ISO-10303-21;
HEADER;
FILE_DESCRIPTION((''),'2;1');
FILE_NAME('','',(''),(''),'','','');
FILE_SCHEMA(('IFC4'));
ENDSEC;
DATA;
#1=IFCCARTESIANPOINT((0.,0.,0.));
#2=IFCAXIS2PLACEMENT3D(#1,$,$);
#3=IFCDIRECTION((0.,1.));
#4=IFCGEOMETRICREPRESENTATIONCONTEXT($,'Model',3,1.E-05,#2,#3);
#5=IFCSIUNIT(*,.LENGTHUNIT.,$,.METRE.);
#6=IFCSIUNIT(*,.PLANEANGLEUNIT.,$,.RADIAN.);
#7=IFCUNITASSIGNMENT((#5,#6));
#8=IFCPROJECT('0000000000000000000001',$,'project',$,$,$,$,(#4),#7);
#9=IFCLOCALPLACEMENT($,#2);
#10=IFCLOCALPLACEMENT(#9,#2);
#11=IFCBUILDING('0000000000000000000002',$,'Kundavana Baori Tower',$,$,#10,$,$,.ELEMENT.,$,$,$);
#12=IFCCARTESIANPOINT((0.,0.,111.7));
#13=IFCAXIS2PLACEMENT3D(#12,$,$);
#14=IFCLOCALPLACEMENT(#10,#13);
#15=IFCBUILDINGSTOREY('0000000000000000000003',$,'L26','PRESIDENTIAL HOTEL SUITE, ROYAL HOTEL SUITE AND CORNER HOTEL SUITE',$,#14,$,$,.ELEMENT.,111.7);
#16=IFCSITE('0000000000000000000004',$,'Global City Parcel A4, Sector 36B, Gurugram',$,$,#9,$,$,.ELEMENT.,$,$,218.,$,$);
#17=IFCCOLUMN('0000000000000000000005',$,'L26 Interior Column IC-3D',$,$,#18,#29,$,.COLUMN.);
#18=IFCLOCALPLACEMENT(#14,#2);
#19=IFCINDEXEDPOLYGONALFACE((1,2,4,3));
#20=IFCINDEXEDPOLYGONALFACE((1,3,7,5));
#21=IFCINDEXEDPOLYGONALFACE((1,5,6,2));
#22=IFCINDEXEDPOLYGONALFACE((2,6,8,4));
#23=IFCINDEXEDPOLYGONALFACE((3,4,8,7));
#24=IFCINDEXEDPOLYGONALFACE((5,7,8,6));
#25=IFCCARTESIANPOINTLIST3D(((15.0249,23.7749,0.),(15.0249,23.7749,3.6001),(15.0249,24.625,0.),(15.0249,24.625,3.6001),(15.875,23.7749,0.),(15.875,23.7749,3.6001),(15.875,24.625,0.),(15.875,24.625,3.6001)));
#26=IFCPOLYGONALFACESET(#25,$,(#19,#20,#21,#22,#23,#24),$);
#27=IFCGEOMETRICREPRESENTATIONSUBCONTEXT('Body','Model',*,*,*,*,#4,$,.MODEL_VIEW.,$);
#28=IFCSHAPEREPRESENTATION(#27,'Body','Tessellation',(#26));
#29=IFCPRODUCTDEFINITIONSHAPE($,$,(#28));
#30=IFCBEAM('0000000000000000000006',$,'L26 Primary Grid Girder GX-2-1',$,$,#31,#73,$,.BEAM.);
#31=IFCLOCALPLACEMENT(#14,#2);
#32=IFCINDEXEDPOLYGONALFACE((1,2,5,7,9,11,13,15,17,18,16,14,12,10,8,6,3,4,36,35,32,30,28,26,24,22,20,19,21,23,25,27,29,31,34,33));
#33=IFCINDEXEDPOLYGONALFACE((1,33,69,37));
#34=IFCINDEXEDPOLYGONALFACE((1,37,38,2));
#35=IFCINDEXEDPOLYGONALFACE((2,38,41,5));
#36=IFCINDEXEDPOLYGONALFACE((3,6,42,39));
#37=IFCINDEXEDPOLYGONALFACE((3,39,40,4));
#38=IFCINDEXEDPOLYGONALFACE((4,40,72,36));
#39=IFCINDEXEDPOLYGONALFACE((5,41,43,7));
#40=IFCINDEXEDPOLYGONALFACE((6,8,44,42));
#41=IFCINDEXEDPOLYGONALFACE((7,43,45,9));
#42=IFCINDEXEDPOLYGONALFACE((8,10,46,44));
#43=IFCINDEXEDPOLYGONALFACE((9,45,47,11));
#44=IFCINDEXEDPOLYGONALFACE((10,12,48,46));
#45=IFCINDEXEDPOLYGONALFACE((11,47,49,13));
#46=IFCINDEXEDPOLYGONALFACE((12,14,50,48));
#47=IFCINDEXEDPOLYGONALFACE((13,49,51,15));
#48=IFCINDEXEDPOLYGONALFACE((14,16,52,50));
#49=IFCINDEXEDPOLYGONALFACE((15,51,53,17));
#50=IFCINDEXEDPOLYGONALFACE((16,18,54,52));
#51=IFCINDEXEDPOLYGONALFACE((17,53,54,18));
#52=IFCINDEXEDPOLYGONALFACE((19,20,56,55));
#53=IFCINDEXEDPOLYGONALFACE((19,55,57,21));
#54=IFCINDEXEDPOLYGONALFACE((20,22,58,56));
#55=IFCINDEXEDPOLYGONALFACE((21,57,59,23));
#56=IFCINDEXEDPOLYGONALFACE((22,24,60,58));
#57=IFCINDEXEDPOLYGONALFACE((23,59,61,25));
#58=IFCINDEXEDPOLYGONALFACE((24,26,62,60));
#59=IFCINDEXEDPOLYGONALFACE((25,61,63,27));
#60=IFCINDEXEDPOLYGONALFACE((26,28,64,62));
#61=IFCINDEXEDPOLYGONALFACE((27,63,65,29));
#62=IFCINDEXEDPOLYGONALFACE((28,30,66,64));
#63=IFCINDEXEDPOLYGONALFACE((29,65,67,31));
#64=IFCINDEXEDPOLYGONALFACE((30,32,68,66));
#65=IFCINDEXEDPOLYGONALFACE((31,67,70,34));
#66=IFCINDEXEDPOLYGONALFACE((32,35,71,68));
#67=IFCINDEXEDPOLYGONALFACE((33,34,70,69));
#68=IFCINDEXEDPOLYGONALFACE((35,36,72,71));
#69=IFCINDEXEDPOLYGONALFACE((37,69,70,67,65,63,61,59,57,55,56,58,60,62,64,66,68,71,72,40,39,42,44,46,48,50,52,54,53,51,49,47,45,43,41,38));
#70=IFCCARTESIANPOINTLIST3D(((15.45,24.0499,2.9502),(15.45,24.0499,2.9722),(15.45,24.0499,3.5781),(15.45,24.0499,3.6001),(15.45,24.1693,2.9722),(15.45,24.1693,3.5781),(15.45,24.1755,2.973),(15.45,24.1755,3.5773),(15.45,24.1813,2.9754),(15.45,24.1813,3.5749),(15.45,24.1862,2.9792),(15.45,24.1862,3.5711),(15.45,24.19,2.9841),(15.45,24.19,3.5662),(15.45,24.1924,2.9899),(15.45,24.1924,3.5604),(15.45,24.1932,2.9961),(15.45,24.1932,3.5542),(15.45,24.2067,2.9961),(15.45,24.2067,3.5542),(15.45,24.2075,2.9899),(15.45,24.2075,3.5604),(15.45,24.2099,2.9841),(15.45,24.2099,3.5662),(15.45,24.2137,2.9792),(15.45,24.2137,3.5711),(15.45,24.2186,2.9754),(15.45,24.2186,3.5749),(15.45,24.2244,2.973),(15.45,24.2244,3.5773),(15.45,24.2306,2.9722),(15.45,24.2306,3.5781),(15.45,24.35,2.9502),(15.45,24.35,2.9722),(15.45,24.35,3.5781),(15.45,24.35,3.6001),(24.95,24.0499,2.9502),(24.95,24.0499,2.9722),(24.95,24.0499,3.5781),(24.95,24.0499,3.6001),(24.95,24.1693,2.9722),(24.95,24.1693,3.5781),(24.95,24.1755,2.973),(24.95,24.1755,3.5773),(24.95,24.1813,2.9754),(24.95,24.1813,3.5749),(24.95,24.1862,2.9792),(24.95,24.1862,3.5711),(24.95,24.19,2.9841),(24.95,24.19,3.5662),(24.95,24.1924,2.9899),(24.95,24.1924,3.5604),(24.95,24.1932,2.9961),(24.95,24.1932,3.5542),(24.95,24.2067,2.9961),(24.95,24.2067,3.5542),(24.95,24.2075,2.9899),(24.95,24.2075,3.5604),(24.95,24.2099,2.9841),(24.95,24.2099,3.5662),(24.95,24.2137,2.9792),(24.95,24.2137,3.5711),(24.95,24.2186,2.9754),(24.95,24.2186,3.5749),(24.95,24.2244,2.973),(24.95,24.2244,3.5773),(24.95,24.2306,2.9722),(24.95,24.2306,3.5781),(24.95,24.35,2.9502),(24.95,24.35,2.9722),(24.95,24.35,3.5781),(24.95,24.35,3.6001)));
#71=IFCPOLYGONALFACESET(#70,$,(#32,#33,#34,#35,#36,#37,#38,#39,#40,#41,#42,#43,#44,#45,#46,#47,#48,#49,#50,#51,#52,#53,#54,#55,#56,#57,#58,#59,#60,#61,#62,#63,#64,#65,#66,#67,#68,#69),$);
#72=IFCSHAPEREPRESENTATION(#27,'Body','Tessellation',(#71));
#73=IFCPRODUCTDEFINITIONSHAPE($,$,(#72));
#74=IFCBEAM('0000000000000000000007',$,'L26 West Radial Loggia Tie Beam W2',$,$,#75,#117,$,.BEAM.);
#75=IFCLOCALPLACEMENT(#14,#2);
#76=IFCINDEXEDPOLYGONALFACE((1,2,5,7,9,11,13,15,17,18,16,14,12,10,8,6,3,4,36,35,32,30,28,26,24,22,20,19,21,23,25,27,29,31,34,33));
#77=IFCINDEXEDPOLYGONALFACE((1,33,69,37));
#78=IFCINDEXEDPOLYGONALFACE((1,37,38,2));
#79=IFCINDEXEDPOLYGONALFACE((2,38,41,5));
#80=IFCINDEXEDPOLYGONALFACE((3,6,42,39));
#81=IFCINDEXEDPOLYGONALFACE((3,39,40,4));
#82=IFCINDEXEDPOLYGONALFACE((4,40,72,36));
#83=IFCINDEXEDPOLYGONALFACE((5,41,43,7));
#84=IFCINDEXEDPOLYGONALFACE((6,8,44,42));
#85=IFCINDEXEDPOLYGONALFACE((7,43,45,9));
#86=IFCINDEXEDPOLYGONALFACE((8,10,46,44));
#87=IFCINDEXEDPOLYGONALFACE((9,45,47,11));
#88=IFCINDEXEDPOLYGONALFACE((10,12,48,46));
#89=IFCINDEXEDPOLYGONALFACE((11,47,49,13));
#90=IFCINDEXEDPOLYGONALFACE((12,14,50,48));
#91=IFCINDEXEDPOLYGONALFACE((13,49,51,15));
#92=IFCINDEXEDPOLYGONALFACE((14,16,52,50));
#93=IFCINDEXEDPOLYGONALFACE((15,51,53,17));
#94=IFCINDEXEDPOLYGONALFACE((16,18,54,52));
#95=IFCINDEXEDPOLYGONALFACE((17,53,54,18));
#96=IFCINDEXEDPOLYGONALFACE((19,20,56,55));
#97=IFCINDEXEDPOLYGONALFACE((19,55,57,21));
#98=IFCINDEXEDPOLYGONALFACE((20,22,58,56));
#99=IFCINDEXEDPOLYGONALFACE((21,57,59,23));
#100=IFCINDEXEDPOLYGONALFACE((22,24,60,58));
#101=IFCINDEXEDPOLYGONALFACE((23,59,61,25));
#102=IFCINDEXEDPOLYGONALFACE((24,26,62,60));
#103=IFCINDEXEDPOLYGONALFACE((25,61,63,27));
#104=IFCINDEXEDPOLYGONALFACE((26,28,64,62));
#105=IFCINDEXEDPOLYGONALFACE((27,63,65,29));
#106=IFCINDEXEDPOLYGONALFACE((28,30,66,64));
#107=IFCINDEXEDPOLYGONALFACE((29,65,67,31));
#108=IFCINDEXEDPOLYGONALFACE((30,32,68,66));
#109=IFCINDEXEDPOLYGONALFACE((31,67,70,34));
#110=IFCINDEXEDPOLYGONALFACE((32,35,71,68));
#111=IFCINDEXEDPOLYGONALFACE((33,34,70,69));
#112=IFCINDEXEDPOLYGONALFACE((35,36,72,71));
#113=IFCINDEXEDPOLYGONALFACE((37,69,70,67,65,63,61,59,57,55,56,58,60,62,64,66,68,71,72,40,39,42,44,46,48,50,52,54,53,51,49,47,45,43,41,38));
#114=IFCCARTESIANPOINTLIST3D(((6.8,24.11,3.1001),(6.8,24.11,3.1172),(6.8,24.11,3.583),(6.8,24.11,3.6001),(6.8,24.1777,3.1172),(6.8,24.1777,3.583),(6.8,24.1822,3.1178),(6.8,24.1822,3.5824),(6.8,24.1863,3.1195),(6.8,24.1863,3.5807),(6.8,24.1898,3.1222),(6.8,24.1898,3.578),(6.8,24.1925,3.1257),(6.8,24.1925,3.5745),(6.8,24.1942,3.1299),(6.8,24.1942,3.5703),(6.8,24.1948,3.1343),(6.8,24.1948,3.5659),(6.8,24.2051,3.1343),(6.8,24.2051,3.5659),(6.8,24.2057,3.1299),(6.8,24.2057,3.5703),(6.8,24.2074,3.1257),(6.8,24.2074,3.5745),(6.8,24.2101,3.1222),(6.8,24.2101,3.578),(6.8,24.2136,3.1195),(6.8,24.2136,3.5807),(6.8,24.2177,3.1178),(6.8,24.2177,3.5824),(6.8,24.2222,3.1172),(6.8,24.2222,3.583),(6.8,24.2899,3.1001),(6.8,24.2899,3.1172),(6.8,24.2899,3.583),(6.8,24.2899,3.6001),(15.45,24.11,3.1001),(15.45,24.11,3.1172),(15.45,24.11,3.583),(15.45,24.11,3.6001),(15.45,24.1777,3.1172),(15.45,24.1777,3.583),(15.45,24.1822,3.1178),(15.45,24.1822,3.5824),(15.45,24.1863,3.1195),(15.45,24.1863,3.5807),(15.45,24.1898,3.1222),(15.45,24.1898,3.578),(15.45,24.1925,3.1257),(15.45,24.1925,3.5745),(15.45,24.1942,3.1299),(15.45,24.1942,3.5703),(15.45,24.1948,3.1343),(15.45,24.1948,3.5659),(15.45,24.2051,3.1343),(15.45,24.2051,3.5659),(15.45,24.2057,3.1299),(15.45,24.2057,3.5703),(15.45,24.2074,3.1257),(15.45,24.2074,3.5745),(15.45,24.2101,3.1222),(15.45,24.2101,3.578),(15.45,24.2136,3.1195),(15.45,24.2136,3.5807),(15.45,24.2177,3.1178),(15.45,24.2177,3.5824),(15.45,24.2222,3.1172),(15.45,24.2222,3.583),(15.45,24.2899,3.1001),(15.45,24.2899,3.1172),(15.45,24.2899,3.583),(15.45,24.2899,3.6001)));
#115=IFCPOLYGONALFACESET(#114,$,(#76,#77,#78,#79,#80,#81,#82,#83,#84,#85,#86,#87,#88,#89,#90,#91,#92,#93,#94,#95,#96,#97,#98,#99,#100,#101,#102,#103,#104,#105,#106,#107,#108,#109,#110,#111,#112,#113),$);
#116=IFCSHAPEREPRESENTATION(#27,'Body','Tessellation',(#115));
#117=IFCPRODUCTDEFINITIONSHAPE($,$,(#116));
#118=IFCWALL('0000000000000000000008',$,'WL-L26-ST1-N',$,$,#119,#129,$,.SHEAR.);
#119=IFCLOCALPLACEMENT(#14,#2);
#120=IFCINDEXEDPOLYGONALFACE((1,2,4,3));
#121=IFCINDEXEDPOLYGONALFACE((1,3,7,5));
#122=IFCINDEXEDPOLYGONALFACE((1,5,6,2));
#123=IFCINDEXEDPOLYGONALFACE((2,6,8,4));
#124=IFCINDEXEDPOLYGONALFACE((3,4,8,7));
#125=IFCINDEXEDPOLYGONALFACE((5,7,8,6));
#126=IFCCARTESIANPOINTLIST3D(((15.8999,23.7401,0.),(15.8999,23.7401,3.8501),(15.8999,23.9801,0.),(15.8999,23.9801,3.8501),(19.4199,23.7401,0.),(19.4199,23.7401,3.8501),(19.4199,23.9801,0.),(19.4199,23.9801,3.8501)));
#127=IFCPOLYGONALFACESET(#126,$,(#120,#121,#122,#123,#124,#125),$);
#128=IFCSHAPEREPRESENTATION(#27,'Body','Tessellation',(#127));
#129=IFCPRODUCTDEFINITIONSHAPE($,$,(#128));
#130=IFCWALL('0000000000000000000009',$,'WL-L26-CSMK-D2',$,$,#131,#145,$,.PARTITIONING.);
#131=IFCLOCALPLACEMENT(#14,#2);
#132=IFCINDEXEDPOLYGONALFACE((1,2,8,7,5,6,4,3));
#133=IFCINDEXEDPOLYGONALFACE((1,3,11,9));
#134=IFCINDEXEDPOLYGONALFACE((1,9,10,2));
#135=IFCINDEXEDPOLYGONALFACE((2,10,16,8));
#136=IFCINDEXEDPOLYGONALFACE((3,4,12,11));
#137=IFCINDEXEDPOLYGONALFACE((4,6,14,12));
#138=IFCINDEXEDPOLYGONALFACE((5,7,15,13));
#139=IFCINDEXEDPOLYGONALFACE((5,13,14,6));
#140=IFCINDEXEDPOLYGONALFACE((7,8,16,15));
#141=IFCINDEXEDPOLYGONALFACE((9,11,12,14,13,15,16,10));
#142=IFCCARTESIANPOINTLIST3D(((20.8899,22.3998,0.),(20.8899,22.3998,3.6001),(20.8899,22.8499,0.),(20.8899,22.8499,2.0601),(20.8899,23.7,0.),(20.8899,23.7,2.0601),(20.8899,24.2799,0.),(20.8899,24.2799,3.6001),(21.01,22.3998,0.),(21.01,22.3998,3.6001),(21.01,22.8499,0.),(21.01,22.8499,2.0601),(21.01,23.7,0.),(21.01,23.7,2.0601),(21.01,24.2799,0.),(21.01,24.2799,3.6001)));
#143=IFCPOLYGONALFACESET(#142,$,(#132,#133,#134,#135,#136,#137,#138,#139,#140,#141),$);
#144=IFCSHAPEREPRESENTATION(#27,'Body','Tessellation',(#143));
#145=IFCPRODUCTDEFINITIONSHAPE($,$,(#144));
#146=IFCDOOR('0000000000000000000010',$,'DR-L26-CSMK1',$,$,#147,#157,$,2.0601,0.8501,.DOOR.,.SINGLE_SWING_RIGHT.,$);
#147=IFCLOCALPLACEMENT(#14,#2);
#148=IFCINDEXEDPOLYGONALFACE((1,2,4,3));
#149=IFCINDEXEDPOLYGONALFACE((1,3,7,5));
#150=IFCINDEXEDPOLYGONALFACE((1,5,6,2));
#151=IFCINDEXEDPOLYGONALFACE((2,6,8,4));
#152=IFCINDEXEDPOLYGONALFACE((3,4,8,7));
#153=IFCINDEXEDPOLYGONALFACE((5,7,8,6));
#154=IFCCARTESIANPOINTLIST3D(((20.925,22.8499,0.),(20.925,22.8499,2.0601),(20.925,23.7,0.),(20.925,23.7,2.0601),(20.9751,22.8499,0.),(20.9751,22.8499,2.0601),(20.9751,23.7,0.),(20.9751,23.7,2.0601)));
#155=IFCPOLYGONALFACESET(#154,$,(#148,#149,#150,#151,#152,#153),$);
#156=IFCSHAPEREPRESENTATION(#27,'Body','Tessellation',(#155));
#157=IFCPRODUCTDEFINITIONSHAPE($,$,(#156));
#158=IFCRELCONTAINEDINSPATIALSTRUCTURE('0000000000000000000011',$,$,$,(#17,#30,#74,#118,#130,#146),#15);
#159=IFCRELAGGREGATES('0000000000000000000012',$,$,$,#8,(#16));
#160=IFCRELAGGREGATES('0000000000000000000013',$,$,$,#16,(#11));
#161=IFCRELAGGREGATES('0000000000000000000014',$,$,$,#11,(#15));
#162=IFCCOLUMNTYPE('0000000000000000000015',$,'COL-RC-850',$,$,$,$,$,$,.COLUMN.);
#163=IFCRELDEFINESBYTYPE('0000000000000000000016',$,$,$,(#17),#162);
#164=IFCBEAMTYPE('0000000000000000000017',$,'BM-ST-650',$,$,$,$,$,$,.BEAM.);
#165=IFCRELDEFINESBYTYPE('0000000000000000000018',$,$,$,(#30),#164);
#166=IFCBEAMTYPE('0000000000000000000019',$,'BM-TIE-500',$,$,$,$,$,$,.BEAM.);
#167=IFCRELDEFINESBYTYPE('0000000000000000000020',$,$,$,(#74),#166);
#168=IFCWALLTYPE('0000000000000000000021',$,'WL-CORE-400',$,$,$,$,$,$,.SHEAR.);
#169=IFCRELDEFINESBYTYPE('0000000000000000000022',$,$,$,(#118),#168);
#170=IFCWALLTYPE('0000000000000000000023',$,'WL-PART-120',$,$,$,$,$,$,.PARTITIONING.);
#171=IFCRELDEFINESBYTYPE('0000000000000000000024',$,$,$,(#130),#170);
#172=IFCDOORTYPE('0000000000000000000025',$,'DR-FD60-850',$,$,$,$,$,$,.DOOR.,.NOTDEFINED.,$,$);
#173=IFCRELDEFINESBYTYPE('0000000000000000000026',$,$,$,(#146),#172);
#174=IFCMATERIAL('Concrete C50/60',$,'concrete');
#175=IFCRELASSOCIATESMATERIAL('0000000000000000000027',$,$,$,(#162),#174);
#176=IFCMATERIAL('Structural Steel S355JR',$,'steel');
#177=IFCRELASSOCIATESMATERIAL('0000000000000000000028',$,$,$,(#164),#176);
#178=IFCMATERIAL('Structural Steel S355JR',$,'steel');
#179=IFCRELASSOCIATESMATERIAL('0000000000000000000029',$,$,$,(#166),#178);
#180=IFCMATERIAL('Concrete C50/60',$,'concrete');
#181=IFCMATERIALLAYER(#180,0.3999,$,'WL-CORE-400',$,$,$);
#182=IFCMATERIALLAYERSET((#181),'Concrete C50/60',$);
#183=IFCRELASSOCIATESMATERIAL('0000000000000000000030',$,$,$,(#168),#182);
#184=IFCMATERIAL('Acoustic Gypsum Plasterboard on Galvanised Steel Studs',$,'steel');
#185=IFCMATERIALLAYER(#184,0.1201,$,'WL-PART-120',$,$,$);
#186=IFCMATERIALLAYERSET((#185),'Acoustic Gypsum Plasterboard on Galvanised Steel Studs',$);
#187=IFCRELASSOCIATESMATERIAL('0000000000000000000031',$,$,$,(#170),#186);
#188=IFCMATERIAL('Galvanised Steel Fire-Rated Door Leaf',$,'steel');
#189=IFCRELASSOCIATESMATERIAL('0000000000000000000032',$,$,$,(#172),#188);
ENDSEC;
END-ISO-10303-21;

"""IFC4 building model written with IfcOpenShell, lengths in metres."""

from ifc_helpers import new_model, si_unit, direction, frame, frame_2d, origin, origin_2d, place, context, subcontext, project, spatial, rectangle, i_section, extrude, material, layer, layer_set, material_profile, profile_set, type_object, element, fill, save


model = new_model("IFC4")

# Units and contexts
model_context = context("Model", 3, precision=1e-05, world=origin(), true_north=direction((0.0, 1.0)))
body_context = subcontext(model_context, "Body", "Model", "MODEL_VIEW")
ifc_project = project(units=[si_unit("LENGTHUNIT", "METRE"), si_unit("PLANEANGLEUNIT", "RADIAN")], contexts=[model_context])

# Site, building, storey
site_placement = place(None, origin())
site = spatial("IfcSite", under=ifc_project, at=site_placement, Name="Global City Parcel A4, Sector 36B, Gurugram", CompositionType="ELEMENT", RefElevation=218.0)
building_placement = place(site_placement, origin())
building = spatial("IfcBuilding", under=site, at=building_placement, Name="Kundavana Baori Tower", CompositionType="ELEMENT")
storey_placement = place(building_placement, frame((0.0, 0.0, 111.7)))
storey = spatial("IfcBuildingStorey", under=building, at=storey_placement, Name="L26", Description="PRESIDENTIAL HOTEL SUITE, ROYAL HOTEL SUITE AND CORNER HOTEL SUITE", CompositionType="ELEMENT", Elevation=111.7)

# Column
ifc_material_1 = material(Name="Concrete C50/60", Category="concrete")
ifc_material_profile_1 = material_profile(ifc_material_1, rectangle(XDim=0.8501, YDim=0.8501, at=origin_2d()), Name="RC 850x850")
ifc_profile_set_1 = profile_set([ifc_material_profile_1], Name="Concrete C50/60")
column_type = type_object("IfcColumnType", Name="COL-RC-850", PredefinedType="COLUMN", material=ifc_profile_set_1)
column_placement = place(storey_placement, frame((15.45, 24.2, 0.0), z_axis=(0.0, 0.0, 1.0), x_axis=(1.0, 0.0, 0.0)))
element("IfcColumn", 1, at=column_placement, inside=storey, type_object=column_type, Name="L26 Interior Column IC-3D", PredefinedType="COLUMN", context=body_context, shape_type="SweptSolid", body=[
    extrude(rectangle(XDim=0.8501, YDim=0.8501, at=origin_2d()), origin(), (0.0, 0.0, 1.0), 3.6001),
])

# Beams
ifc_material_2 = material(Name="Structural Steel S355JR", Category="steel")
ifc_material_profile_2 = material_profile(ifc_material_2, i_section(OverallWidth=0.3, OverallDepth=0.6499, WebThickness=0.0134, FlangeThickness=0.022, FilletRadius=0.0239, at=origin_2d()), Name="NPB 650x300x155")
ifc_profile_set_2 = profile_set([ifc_material_profile_2], Name="Structural Steel S355JR")
beam_type_1 = type_object("IfcBeamType", Name="BM-ST-650", PredefinedType="BEAM", material=ifc_profile_set_2)
beam_1_placement = place(storey_placement, frame((15.45, 24.2, 3.2751), z_axis=(1.0, 0.0, 0.0), x_axis=(0.0, 1.0, 0.0)))
element("IfcBeam", 2, at=beam_1_placement, inside=storey, type_object=beam_type_1, Name="L26 Primary Grid Girder GX-2-1", PredefinedType="BEAM", context=body_context, shape_type="SweptSolid", body=[
    extrude(i_section(OverallWidth=0.3, OverallDepth=0.6499, WebThickness=0.0134, FlangeThickness=0.022, FilletRadius=0.0239, at=origin_2d()), origin(), (0.0, 0.0, 1.0), 9.5),
])
ifc_material_3 = material(Name="Structural Steel S355JR", Category="steel")
ifc_material_profile_3 = material_profile(ifc_material_3, i_section(OverallWidth=0.1799, OverallDepth=0.5, WebThickness=0.0103, FlangeThickness=0.0171, FilletRadius=0.0171, at=origin_2d()), Name="ISMB 500")
ifc_profile_set_3 = profile_set([ifc_material_profile_3], Name="Structural Steel S355JR")
beam_type_2 = type_object("IfcBeamType", Name="BM-TIE-500", PredefinedType="BEAM", material=ifc_profile_set_3)
beam_2_placement = place(storey_placement, frame((15.45, 24.2, 3.3501), z_axis=(-1.0, 0.0, 0.0), x_axis=(0.0, -1.0, 0.0)))
element("IfcBeam", 3, at=beam_2_placement, inside=storey, type_object=beam_type_2, Name="L26 West Radial Loggia Tie Beam W2", PredefinedType="BEAM", context=body_context, shape_type="SweptSolid", body=[
    extrude(i_section(OverallWidth=0.1799, OverallDepth=0.5, WebThickness=0.0103, FlangeThickness=0.0171, FilletRadius=0.0171, at=origin_2d()), origin(), (0.0, 0.0, 1.0), 8.6499),
])

# Wall
ifc_material_4 = material(Name="Concrete C50/60", Category="concrete")
ifc_layer_1 = layer(ifc_material_4, 0.3999, Name="WL-CORE-400")
ifc_layer_set_1 = layer_set([ifc_layer_1], Name="Concrete C50/60")
wall_type_1 = type_object("IfcWallType", Name="WL-CORE-400", PredefinedType="SHEAR", material=ifc_layer_set_1)
wall_1_placement = place(storey_placement, frame((15.8999, 23.8601, 0.0), z_axis=(0.0, 0.0, 1.0), x_axis=(1.0, 0.0, 0.0)))
element("IfcWall", 4, at=wall_1_placement, inside=storey, type_object=wall_type_1, Name="WL-L26-ST1-N", PredefinedType="SHEAR", context=body_context, shape_type="SweptSolid", body=[
    extrude(rectangle(XDim=3.52, YDim=0.24, at=frame_2d((1.76, 0.0))), origin(), (0.0, 0.0, 1.0), 3.8501),
])

# Wall, opening, door
ifc_material_5 = material(Name="Acoustic Gypsum Plasterboard on Galvanised Steel Studs", Category="steel")
ifc_layer_2 = layer(ifc_material_5, 0.1201, Name="WL-PART-120")
ifc_layer_set_2 = layer_set([ifc_layer_2], Name="Acoustic Gypsum Plasterboard on Galvanised Steel Studs")
wall_type_2 = type_object("IfcWallType", Name="WL-PART-120", PredefinedType="PARTITIONING", material=ifc_layer_set_2)
wall_2_placement = place(storey_placement, frame((20.95, 22.3999, 0.0), z_axis=(0.0, 0.0, 1.0), x_axis=(0.0, 1.0, 0.0)))
wall_2 = element("IfcWall", 5, at=wall_2_placement, inside=storey, type_object=wall_type_2, Name="WL-L26-CSMK-D2", PredefinedType="PARTITIONING", context=body_context, shape_type="SweptSolid", body=[
    extrude(rectangle(XDim=1.8801, YDim=0.1201, at=frame_2d((0.9399, 0.0))), origin(), (0.0, 0.0, 1.0), 3.6001),
])
opening_1_placement = place(wall_2_placement, frame((0.45, 0.0, 0.0)))
opening_1 = element("IfcOpeningElement", 6, at=opening_1_placement, cuts=wall_2, PredefinedType="OPENING", context=body_context, shape_type="SweptSolid", body=[
    extrude(rectangle(XDim=0.8501, YDim=2.0601, at=frame_2d((0.425, 1.03))), frame((0.0, 0.0701, 0.0), z_axis=(0.0, -1.0, 0.0), x_axis=(1.0, 0.0, 0.0)), (0.0, 0.0, 1.0), 0.1401),
])
ifc_material_6 = material(Name="Galvanised Steel Fire-Rated Door Leaf", Category="steel")
door_type_1 = type_object("IfcDoorType", Name="DR-FD60-850", OperationType="NOTDEFINED", PredefinedType="DOOR", material=ifc_material_6)
door_1_placement = place(opening_1_placement, origin())
door_1 = element("IfcDoor", 7, at=door_1_placement, inside=storey, type_object=door_type_1, Name="DR-L26-CSMK1", OperationType="SINGLE_SWING_RIGHT", OverallHeight=2.0601, OverallWidth=0.8501, PredefinedType="DOOR", context=body_context, shape_type="SweptSolid", body=[
    extrude(rectangle(XDim=0.8501, YDim=2.0601, at=frame_2d((0.425, 1.03))), frame((0.0, 0.0249, 0.0), z_axis=(0.0, -1.0, 0.0), x_axis=(1.0, 0.0, 0.0)), (0.0, 0.0, 1.0), 0.05),
])
fill(opening_1, door_1)

save(model, "model.ifc")
